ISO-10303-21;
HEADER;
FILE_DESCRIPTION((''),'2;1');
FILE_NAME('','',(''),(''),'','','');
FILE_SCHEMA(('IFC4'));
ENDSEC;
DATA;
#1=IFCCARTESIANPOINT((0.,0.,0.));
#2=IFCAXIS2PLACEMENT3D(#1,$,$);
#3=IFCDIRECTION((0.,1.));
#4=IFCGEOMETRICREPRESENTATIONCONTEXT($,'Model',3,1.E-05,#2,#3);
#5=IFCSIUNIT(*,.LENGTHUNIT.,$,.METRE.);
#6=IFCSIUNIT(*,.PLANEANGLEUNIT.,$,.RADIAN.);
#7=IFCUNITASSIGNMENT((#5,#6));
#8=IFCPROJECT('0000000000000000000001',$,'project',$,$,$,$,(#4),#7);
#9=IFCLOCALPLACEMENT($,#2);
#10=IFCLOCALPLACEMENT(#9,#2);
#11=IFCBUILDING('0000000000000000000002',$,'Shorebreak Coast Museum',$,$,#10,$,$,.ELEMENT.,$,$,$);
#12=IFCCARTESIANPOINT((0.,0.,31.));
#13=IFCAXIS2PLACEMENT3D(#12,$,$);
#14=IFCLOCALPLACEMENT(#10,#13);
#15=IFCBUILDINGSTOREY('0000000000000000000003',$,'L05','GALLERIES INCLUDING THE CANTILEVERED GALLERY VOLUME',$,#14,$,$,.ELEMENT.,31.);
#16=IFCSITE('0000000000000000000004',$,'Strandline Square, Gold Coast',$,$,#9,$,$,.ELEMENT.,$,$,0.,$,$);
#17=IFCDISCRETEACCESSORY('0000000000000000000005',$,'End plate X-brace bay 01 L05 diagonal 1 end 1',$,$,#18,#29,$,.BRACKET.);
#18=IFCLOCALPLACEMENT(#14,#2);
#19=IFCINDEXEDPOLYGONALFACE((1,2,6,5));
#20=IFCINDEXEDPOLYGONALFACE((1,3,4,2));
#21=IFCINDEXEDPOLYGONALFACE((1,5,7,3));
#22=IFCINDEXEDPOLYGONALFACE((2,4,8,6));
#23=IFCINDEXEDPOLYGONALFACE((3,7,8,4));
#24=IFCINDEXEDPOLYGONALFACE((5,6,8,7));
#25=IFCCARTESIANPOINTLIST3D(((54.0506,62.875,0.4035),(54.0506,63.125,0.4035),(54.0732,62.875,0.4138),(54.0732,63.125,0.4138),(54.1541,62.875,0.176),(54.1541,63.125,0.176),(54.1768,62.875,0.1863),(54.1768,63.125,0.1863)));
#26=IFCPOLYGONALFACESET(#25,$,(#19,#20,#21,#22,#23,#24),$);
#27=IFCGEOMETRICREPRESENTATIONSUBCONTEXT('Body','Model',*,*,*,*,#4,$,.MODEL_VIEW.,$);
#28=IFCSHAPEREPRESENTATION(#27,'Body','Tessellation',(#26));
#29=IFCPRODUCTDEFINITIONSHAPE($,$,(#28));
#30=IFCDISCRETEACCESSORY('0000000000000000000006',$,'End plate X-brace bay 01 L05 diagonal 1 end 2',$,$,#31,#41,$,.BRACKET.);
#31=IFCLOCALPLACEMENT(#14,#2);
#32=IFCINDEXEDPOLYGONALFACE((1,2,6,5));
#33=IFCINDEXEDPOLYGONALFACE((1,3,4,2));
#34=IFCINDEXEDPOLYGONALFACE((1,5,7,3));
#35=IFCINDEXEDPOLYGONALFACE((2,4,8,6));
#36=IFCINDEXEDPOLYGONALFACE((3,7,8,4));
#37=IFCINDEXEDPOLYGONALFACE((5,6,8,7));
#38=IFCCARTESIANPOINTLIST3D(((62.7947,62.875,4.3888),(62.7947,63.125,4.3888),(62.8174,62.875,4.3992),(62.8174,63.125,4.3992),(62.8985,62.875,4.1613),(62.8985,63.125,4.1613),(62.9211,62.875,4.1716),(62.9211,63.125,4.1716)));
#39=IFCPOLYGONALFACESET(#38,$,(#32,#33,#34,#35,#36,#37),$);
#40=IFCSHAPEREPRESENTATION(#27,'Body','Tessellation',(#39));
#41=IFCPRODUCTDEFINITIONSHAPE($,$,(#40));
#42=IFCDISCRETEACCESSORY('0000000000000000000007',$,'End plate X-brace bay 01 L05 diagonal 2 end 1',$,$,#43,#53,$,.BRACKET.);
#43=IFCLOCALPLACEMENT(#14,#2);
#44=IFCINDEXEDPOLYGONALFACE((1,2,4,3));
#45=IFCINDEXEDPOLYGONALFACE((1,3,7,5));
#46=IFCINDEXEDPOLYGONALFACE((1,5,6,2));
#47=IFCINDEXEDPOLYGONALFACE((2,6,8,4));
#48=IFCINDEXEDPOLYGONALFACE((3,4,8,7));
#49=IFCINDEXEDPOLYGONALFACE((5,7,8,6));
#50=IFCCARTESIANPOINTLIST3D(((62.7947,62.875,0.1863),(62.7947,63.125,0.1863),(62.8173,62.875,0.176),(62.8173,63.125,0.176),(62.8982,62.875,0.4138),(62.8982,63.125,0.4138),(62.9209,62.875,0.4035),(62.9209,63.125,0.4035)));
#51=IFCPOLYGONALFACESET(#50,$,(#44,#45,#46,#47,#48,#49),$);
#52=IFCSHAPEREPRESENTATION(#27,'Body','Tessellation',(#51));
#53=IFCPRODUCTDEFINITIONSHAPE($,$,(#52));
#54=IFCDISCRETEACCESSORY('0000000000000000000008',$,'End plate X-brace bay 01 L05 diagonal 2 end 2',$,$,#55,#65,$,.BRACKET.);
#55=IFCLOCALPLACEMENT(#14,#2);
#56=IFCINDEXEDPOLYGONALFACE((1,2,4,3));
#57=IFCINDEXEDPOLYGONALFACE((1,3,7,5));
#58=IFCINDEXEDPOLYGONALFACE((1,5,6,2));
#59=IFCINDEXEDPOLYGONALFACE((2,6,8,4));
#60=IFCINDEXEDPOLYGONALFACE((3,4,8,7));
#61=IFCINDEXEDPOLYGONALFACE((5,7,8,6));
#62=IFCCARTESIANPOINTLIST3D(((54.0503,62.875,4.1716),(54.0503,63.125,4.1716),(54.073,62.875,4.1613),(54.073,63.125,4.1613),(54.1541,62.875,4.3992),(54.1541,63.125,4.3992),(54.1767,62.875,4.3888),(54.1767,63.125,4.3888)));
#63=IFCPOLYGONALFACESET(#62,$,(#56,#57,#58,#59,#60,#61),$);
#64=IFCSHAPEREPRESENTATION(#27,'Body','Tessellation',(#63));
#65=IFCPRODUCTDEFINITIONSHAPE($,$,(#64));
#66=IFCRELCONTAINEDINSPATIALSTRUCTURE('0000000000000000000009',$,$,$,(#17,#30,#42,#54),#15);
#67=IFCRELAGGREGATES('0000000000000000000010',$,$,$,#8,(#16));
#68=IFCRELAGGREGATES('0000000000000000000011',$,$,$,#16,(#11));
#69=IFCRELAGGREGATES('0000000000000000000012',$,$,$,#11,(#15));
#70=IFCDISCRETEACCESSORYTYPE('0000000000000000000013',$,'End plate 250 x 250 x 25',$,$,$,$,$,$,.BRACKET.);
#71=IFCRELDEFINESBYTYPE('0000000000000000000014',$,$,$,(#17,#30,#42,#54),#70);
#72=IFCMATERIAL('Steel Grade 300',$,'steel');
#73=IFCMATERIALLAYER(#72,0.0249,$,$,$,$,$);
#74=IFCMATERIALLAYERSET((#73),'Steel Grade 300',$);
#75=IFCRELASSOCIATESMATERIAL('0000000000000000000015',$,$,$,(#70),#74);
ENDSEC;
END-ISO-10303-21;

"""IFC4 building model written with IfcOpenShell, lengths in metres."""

from ifc_helpers import new_model, si_unit, direction, frame, origin, place, context, subcontext, project, spatial, polyline, outline, extrude, material, layer, layer_set, type_object, element, save


model = new_model("IFC4")

# Units and contexts
model_context = context("Model", 3, precision=1e-05, world=origin(), true_north=direction((0.0, 1.0)))
body_context = subcontext(model_context, "Body", "Model", "MODEL_VIEW")
ifc_project = project(units=[si_unit("LENGTHUNIT", "METRE"), si_unit("PLANEANGLEUNIT", "RADIAN")], contexts=[model_context])

# Site, building, storey
site_placement = place(None, origin())
site = spatial("IfcSite", under=ifc_project, at=site_placement, Name="Strandline Square, Gold Coast", CompositionType="ELEMENT", RefElevation=0.0)
building_placement = place(site_placement, origin())
building = spatial("IfcBuilding", under=site, at=building_placement, Name="Shorebreak Coast Museum", CompositionType="ELEMENT")
storey_placement = place(building_placement, frame((0.0, 0.0, 31.0)))
storey = spatial("IfcBuildingStorey", under=building, at=storey_placement, Name="L05", Description="GALLERIES INCLUDING THE CANTILEVERED GALLERY VOLUME", CompositionType="ELEMENT", Elevation=31.0)

# Discrete accessories
ifc_material_1 = material(Name="Steel Grade 300", Category="steel")
ifc_layer_1 = layer(ifc_material_1, 0.0249)
ifc_layer_set_1 = layer_set([ifc_layer_1], Name="Steel Grade 300")
discrete_accessory_type = type_object("IfcDiscreteAccessoryType", Name="End plate 250 x 250 x 25", PredefinedType="BRACKET", material=ifc_layer_set_1)
discrete_accessory_1_placement = place(storey_placement, frame((54.1768, 62.875, 0.1863), z_axis=(0.910233, 0.0, 0.414097), x_axis=(0.0, 1.0, 0.0)))
element("IfcDiscreteAccessory", 1, at=discrete_accessory_1_placement, inside=storey, type_object=discrete_accessory_type, Name="End plate X-brace bay 01 L05 diagonal 1 end 1", PredefinedType="BRACKET", context=body_context, shape_type="SweptSolid", body=[
    extrude(outline(polyline([(0.0, 0.0), (0.25, 0.0), (0.25, 0.25), (0.0, 0.25), (0.0, 0.0)])), origin(), (0.0, 0.0, -1.0), 0.0249),
])
discrete_accessory_2_placement = place(storey_placement, frame((62.9211, 62.875, 4.1716), z_axis=(0.909864, 0.0, 0.414906), x_axis=(0.0, 1.0, 0.0)))
element("IfcDiscreteAccessory", 2, at=discrete_accessory_2_placement, inside=storey, type_object=discrete_accessory_type, Name="End plate X-brace bay 01 L05 diagonal 1 end 2", PredefinedType="BRACKET", context=body_context, shape_type="SweptSolid", body=[
    extrude(outline(polyline([(0.0, 0.0), (0.25, 0.0), (0.25, 0.2501), (0.0, 0.2501), (0.0, 0.0)])), origin(), (0.0, 0.0, -1.0), 0.0249),
])
discrete_accessory_3_placement = place(storey_placement, frame((62.7947, 63.125, 0.1863), z_axis=(-0.910233, 0.0, 0.414097), x_axis=(0.0, -1.0, 0.0)))
element("IfcDiscreteAccessory", 3, at=discrete_accessory_3_placement, inside=storey, type_object=discrete_accessory_type, Name="End plate X-brace bay 01 L05 diagonal 2 end 1", PredefinedType="BRACKET", context=body_context, shape_type="SweptSolid", body=[
    extrude(outline(polyline([(0.0, 0.0), (0.25, 0.0), (0.25, 0.25), (0.0, 0.25), (0.0, 0.0)])), origin(), (0.0, 0.0, -1.0), 0.0249),
])
discrete_accessory_4_placement = place(storey_placement, frame((54.0503, 63.125, 4.1716), z_axis=(-0.909864, 0.0, 0.414906), x_axis=(0.0, -1.0, 0.0)))
element("IfcDiscreteAccessory", 4, at=discrete_accessory_4_placement, inside=storey, type_object=discrete_accessory_type, Name="End plate X-brace bay 01 L05 diagonal 2 end 2", PredefinedType="BRACKET", context=body_context, shape_type="SweptSolid", body=[
    extrude(outline(polyline([(0.0, 0.0), (0.25, 0.0), (0.25, 0.2501), (0.0, 0.2501), (0.0, 0.0)])), origin(), (0.0, 0.0, -1.0), 0.0249),
])

save(model, "model.ifc")
